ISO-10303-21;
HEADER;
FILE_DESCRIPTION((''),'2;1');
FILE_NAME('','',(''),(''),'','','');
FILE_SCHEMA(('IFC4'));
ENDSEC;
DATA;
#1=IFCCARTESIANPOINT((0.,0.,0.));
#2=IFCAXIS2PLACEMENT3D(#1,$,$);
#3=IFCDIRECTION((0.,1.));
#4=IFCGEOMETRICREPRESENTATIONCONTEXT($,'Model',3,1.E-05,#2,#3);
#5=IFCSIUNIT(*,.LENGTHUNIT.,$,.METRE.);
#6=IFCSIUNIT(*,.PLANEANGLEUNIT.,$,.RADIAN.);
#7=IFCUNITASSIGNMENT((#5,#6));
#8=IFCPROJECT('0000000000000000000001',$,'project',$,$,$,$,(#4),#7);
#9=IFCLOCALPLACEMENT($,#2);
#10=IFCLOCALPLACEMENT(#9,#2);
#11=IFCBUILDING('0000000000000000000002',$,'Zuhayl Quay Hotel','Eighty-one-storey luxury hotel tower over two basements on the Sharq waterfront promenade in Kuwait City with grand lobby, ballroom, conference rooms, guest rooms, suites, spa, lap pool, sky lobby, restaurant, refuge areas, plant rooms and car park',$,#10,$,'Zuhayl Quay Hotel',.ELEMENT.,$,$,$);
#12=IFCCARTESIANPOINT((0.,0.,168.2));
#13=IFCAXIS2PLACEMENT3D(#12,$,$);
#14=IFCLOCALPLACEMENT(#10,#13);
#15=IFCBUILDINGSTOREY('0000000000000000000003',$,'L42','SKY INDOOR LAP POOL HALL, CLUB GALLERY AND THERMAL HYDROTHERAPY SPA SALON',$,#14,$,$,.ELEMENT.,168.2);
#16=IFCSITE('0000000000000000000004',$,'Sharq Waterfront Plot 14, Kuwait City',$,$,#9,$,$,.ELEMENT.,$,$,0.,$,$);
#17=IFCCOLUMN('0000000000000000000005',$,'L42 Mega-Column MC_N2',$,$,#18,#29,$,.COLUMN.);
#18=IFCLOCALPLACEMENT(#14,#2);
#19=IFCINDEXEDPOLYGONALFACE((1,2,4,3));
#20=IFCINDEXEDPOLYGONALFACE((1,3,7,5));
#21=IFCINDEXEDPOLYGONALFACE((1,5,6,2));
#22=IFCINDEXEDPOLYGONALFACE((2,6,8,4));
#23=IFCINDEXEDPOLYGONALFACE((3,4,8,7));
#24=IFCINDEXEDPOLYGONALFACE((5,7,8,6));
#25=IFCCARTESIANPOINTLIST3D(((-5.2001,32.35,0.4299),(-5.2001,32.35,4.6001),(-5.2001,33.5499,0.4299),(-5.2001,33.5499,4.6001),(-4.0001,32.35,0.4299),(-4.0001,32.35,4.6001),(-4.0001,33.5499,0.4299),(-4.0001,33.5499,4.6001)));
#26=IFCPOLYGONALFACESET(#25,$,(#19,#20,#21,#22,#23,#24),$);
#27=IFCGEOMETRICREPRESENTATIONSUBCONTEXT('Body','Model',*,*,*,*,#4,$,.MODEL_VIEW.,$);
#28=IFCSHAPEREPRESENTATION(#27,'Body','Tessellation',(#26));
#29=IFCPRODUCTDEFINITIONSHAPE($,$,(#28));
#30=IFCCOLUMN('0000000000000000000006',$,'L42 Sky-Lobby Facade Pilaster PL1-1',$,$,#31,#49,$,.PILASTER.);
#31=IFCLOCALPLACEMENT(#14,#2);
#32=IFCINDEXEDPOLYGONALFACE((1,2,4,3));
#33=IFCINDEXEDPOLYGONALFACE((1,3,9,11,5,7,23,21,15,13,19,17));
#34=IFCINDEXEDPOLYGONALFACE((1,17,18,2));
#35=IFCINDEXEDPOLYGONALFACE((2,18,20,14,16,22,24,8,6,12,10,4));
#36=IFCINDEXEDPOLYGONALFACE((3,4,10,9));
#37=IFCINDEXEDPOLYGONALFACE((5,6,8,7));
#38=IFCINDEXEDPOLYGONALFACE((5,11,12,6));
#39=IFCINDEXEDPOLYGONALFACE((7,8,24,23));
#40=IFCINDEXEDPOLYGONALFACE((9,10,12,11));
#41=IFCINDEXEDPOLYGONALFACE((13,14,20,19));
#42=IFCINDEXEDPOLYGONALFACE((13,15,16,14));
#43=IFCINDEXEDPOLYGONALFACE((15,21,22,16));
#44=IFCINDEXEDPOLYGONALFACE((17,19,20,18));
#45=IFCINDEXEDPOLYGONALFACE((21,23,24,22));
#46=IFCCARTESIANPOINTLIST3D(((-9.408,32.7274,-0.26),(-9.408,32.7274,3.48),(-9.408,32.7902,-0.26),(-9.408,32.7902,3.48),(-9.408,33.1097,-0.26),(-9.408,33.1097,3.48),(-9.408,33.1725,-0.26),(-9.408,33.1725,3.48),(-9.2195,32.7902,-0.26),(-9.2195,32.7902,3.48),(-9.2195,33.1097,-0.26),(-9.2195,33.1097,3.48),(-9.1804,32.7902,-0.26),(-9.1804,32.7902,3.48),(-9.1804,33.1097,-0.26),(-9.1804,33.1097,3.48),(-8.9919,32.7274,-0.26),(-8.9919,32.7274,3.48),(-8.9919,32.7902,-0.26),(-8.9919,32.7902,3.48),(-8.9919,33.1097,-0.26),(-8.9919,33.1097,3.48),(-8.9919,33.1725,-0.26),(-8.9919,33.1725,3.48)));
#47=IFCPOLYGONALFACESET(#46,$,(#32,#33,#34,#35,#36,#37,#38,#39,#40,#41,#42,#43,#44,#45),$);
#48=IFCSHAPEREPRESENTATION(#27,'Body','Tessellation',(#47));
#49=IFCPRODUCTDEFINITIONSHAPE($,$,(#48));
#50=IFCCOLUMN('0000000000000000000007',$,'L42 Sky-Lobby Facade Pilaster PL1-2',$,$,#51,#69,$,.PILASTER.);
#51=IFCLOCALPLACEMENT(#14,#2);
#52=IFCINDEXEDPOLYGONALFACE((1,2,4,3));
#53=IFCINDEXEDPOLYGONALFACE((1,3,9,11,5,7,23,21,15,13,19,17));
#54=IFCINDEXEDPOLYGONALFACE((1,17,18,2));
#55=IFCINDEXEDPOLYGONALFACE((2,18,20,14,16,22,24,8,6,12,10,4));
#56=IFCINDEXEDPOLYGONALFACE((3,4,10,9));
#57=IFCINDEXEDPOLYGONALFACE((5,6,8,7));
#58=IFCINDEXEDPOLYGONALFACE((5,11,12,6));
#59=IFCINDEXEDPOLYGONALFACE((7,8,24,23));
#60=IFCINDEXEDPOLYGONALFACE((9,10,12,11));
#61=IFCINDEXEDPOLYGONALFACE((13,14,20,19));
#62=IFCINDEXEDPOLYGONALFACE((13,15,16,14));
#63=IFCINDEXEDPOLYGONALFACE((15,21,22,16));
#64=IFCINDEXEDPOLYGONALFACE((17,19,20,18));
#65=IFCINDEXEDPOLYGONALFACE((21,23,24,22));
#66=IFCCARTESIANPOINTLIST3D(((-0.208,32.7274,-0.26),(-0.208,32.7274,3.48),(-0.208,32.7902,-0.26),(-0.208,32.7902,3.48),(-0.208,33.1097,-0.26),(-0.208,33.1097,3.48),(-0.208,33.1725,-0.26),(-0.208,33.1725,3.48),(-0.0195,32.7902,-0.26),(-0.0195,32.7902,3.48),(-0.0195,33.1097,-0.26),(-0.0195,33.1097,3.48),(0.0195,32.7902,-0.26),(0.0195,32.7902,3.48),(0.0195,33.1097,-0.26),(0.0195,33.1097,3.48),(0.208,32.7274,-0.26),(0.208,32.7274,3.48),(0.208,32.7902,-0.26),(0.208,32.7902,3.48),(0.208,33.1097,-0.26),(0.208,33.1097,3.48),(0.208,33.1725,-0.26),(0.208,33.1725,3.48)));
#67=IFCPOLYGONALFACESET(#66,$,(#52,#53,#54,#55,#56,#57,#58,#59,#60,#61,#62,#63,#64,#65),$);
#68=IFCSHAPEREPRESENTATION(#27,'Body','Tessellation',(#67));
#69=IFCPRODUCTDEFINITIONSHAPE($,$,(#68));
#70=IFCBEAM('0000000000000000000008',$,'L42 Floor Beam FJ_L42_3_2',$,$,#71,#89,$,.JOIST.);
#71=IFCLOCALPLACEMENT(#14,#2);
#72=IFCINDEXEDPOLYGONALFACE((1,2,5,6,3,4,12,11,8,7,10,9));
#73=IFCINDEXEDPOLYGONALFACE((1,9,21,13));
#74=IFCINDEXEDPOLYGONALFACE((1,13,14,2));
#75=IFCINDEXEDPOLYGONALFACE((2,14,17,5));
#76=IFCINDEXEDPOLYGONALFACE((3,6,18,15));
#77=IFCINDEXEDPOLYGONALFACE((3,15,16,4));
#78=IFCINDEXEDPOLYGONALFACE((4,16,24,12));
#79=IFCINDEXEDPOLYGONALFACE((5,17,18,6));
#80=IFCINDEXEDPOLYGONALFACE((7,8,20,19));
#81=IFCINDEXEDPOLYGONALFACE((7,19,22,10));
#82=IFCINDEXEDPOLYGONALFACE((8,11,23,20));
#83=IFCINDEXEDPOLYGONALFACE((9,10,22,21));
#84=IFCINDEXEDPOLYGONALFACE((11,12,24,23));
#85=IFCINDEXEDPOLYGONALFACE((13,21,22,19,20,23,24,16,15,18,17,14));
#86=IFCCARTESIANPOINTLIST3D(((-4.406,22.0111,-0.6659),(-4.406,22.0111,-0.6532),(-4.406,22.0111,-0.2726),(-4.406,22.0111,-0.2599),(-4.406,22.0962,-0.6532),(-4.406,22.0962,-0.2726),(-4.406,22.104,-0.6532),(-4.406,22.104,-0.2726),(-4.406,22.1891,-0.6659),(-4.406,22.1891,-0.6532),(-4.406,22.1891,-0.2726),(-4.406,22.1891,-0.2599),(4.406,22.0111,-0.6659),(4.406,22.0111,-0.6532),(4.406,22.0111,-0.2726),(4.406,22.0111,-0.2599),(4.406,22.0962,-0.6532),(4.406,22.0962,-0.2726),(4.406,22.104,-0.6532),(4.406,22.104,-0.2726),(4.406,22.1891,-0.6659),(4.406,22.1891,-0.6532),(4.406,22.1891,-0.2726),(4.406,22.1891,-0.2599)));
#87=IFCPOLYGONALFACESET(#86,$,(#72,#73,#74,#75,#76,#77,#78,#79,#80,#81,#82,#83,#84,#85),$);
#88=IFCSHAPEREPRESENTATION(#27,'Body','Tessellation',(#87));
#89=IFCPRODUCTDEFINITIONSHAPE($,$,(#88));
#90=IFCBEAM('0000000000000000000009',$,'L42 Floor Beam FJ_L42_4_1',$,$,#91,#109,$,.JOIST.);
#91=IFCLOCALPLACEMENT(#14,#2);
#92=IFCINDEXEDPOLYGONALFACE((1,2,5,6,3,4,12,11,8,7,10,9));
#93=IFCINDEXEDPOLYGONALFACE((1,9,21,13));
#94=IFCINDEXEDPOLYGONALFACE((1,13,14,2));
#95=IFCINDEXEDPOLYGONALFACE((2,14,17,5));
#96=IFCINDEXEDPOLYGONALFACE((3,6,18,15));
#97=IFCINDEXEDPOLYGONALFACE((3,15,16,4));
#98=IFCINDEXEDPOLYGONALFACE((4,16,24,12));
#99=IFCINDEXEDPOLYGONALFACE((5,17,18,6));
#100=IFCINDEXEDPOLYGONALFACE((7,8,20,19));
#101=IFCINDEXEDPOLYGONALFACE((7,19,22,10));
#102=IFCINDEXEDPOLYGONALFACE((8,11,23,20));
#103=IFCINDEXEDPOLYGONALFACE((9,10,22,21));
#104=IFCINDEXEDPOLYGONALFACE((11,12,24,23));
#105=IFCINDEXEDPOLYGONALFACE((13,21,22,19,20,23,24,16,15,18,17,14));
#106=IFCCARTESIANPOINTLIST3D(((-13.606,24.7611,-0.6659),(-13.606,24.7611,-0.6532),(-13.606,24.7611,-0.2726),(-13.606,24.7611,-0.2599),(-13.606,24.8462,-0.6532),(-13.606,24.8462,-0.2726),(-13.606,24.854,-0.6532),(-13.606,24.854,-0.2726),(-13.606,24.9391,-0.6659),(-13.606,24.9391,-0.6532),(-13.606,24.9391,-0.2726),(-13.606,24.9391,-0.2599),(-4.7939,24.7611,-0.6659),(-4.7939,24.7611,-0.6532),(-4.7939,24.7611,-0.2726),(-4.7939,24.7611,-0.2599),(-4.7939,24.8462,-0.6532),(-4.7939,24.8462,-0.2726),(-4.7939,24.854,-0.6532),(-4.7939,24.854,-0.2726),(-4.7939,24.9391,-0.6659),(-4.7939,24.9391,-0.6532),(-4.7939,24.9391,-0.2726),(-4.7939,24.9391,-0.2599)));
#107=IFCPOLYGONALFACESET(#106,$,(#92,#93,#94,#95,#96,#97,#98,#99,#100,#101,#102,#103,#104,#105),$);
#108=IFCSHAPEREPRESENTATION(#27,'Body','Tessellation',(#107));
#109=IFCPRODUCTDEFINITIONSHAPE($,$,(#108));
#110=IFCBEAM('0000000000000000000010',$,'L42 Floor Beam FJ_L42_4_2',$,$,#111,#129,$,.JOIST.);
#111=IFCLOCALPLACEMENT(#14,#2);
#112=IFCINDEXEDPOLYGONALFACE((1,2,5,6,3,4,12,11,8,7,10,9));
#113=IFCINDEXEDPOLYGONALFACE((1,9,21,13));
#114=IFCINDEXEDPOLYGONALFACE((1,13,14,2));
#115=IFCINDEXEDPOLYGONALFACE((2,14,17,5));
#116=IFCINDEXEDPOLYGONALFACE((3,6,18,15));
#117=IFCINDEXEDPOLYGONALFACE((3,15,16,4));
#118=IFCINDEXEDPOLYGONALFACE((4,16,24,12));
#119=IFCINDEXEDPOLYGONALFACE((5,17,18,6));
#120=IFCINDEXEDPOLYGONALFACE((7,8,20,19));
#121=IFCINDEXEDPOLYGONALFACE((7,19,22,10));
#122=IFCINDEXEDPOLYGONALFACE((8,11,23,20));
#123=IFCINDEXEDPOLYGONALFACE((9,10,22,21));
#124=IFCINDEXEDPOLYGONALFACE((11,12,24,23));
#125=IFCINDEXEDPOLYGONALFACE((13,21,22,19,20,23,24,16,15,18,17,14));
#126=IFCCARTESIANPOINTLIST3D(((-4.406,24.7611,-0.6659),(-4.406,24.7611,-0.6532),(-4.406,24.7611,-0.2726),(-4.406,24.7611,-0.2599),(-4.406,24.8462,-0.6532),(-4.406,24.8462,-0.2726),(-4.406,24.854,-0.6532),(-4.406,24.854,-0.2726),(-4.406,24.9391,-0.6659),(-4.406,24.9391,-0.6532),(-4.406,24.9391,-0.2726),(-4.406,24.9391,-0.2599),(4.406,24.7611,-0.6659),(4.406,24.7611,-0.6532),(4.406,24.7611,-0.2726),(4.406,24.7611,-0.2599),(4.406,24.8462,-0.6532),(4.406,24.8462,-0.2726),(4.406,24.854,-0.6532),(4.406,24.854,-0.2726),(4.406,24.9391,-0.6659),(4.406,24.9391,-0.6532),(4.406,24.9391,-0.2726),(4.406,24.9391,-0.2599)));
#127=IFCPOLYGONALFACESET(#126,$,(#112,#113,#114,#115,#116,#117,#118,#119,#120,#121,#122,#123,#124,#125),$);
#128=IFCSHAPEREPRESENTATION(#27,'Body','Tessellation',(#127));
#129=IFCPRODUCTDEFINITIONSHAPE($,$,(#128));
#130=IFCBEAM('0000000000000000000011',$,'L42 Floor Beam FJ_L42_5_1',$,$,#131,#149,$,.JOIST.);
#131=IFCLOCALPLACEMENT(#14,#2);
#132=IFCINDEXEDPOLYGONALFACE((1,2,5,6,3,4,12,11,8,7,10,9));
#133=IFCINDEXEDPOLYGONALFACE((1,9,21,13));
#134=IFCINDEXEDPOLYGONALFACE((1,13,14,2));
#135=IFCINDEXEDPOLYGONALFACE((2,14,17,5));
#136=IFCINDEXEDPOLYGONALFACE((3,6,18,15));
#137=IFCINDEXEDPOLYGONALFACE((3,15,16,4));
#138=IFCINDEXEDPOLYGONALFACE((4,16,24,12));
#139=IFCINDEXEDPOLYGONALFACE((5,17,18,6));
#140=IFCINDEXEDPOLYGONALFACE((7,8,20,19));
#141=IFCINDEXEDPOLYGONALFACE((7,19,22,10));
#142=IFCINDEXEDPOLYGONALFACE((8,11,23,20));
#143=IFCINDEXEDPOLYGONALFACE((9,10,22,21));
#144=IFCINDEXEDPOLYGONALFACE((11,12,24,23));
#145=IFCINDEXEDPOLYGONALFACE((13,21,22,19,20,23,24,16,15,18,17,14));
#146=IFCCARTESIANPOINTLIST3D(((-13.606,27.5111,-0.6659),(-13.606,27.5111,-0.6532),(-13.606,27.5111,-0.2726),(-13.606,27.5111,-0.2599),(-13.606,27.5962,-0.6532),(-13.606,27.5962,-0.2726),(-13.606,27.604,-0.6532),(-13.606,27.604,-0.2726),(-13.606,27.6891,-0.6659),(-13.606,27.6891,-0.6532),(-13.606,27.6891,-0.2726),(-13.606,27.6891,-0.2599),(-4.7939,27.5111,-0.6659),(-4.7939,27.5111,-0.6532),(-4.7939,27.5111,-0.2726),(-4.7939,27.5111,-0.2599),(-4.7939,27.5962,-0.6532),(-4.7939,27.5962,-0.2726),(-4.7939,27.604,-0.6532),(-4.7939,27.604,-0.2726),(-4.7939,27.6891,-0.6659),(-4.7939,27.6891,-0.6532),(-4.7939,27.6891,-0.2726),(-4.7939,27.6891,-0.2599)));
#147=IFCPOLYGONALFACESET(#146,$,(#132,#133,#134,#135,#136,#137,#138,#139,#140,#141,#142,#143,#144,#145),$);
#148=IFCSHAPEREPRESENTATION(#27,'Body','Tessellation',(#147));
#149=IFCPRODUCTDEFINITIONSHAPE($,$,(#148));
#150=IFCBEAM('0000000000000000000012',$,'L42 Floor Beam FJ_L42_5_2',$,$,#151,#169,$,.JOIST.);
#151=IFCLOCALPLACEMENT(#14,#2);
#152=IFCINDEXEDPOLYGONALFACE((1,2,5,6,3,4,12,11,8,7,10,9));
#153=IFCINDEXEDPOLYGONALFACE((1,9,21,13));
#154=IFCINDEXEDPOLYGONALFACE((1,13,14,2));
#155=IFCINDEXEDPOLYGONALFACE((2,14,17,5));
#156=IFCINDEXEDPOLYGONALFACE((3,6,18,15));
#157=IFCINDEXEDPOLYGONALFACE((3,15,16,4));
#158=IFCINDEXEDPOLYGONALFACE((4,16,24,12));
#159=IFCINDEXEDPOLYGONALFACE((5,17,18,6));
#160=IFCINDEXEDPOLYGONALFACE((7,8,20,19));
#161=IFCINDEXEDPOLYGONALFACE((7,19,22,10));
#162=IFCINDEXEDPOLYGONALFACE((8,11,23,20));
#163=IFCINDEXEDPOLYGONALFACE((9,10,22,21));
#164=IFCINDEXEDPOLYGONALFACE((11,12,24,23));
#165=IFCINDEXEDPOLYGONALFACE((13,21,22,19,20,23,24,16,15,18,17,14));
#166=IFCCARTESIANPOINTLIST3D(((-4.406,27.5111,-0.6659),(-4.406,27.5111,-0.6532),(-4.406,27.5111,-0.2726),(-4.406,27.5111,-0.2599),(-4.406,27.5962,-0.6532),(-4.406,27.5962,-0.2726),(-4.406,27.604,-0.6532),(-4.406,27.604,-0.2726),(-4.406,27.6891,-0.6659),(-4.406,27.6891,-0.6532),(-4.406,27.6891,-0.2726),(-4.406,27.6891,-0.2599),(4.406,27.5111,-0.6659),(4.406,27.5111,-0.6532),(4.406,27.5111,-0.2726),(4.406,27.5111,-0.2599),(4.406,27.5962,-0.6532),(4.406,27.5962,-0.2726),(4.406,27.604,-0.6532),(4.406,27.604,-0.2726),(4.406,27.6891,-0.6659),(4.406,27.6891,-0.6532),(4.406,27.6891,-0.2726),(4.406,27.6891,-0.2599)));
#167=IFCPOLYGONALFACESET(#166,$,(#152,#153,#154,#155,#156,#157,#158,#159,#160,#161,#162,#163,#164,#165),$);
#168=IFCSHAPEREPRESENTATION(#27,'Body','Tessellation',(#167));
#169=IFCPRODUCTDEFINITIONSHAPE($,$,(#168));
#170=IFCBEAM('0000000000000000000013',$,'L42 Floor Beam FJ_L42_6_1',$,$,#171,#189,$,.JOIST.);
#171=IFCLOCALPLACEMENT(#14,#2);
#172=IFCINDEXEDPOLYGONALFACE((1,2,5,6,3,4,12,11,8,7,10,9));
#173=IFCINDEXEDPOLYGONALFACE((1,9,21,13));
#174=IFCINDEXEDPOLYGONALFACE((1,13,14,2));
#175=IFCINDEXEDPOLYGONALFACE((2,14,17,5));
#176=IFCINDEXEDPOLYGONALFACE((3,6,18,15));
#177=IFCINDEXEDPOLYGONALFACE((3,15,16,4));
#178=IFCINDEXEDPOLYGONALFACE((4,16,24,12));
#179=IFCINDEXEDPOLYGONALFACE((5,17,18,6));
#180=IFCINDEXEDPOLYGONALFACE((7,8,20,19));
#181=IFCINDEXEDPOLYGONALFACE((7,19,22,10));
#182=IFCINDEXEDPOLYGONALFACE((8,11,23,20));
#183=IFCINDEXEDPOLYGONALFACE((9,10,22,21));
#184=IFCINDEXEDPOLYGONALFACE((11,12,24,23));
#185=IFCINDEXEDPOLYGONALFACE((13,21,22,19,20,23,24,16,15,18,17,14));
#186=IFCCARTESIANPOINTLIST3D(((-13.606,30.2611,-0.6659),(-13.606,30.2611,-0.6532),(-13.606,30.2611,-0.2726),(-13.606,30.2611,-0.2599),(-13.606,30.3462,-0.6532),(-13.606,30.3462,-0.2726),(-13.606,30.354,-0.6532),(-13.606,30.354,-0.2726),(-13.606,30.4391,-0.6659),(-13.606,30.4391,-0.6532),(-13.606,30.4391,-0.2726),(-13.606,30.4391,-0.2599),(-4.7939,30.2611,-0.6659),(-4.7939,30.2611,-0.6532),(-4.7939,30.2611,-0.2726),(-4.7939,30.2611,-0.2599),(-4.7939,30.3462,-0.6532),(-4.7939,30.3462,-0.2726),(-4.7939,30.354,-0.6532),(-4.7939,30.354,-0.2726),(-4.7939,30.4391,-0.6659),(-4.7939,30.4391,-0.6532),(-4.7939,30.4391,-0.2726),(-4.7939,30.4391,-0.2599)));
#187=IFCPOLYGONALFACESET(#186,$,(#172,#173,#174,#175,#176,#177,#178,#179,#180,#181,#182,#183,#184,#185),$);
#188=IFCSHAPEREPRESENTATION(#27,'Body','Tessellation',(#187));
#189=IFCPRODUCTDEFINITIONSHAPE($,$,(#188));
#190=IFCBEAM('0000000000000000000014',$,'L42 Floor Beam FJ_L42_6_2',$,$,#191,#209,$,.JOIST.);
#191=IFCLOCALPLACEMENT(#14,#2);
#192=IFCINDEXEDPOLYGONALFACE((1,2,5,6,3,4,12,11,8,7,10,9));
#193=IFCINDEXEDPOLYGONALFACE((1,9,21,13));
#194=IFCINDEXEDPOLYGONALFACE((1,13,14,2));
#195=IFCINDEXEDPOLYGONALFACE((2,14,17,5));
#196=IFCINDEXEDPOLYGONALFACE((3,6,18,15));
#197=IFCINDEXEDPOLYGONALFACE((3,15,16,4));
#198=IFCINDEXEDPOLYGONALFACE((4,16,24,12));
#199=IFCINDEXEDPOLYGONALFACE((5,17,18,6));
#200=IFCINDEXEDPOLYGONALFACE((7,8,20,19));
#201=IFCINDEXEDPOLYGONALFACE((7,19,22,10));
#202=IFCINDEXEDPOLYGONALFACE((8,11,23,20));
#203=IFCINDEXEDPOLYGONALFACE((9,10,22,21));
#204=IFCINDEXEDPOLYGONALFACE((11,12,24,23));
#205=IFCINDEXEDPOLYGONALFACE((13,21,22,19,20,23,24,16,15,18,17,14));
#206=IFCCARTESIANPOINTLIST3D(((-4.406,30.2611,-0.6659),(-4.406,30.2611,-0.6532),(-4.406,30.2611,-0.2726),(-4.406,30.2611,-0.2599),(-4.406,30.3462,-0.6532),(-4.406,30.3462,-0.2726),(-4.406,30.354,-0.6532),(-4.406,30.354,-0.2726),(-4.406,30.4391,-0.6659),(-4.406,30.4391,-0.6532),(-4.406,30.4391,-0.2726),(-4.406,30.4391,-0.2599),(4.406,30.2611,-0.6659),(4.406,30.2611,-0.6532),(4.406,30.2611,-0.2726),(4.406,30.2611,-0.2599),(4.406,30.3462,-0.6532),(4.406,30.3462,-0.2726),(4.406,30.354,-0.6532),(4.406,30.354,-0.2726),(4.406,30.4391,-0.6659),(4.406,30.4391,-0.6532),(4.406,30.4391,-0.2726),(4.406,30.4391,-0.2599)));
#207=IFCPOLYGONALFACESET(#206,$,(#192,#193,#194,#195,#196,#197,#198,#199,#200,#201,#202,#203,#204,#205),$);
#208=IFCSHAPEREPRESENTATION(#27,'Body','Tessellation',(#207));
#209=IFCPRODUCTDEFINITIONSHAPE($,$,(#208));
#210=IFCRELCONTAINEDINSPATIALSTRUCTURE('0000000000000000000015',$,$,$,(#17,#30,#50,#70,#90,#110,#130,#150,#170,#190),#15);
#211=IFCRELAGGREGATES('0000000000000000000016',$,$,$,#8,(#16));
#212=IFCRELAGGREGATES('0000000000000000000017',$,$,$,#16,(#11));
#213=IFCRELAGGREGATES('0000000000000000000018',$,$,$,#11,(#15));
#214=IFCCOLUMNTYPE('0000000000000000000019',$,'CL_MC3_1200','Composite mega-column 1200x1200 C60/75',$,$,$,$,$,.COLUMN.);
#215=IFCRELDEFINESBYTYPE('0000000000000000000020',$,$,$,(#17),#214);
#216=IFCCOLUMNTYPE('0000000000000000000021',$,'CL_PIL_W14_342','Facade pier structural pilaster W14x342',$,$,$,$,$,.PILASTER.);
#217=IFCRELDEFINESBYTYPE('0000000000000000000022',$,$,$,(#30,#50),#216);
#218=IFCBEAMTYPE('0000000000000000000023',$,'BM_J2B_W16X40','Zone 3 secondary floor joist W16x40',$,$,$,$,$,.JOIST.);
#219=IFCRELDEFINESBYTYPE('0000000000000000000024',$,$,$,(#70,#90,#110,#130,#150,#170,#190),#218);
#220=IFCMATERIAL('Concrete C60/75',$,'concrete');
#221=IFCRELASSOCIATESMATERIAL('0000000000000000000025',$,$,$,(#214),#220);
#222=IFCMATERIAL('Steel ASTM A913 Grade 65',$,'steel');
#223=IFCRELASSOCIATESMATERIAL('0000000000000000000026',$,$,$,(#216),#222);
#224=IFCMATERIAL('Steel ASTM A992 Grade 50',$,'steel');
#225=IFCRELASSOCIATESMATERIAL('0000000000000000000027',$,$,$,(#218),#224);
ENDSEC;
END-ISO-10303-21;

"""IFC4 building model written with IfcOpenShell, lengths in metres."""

from ifc_helpers import new_model, si_unit, direction, frame, origin, origin_2d, place, context, subcontext, project, spatial, rectangle, i_section, extrude, material, material_profile, profile_set, type_object, element, save


model = new_model("IFC4")

# Units and contexts
model_context = context("Model", 3, precision=1e-05, world=origin(), true_north=direction((0.0, 1.0)))
body_context = subcontext(model_context, "Body", "Model", "MODEL_VIEW")
ifc_project = project(units=[si_unit("LENGTHUNIT", "METRE"), si_unit("PLANEANGLEUNIT", "RADIAN")], contexts=[model_context])

# Site, building, storey
site_placement = place(None, origin())
site = spatial("IfcSite", under=ifc_project, at=site_placement, Name="Sharq Waterfront Plot 14, Kuwait City", CompositionType="ELEMENT", RefElevation=0.0)
building_placement = place(site_placement, origin())
building = spatial("IfcBuilding", under=site, at=building_placement, Name="Zuhayl Quay Hotel", Description="Eighty-one-storey luxury hotel tower over two basements on the Sharq waterfront promenade in Kuwait City with grand lobby, ballroom, conference rooms, guest rooms, suites, spa, lap pool, sky lobby, restaurant, refuge areas, plant rooms and car park", LongName="Zuhayl Quay Hotel", CompositionType="ELEMENT")
storey_placement = place(building_placement, frame((0.0, 0.0, 168.2)))
storey = spatial("IfcBuildingStorey", under=building, at=storey_placement, Name="L42", Description="SKY INDOOR LAP POOL HALL, CLUB GALLERY AND THERMAL HYDROTHERAPY SPA SALON", CompositionType="ELEMENT", Elevation=168.2)

# Columns
ifc_material_1 = material(Name="Concrete C60/75", Category="concrete")
ifc_material_profile_1 = material_profile(ifc_material_1, rectangle(XDim=1.2, YDim=1.2, at=origin_2d()), Name="RC1200X1200")
ifc_profile_set_1 = profile_set([ifc_material_profile_1], Name="Concrete C60/75")
column_type_1 = type_object("IfcColumnType", Name="CL_MC3_1200", Description="Composite mega-column 1200x1200 C60/75", PredefinedType="COLUMN", material=ifc_profile_set_1)
column_placement = place(storey_placement, frame((-4.6001, 32.95, 0.4299), z_axis=(0.0, 0.0, 1.0), x_axis=(1.0, 0.0, 0.0)))
element("IfcColumn", 1, at=column_placement, inside=storey, type_object=column_type_1, Name="L42 Mega-Column MC_N2", PredefinedType="COLUMN", context=body_context, shape_type="SweptSolid", body=[
    extrude(rectangle(XDim=1.2, YDim=1.2, at=origin_2d()), origin(), (0.0, 0.0, 1.0), 4.1702),
])
ifc_material_2 = material(Name="Steel ASTM A913 Grade 65", Category="steel")
ifc_material_profile_2 = material_profile(ifc_material_2, i_section(OverallWidth=0.416, OverallDepth=0.4451, WebThickness=0.0391, FlangeThickness=0.0627, at=origin_2d()), Name="W14X342")
ifc_profile_set_2 = profile_set([ifc_material_profile_2], Name="Steel ASTM A913 Grade 65")
column_type_2 = type_object("IfcColumnType", Name="CL_PIL_W14_342", Description="Facade pier structural pilaster W14x342", PredefinedType="PILASTER", material=ifc_profile_set_2)
for number, where, z_axis, x_axis, name in (
    (2, (-9.2, 32.95, -0.26), (0.0, 0.0, 1.0), (1.0, 0.0, 0.0), "L42 Sky-Lobby Facade Pilaster PL1-1"),
    (3, (0.0, 32.95, -0.26), (0.0, 0.0, 1.0), (1.0, 0.0, 0.0), "L42 Sky-Lobby Facade Pilaster PL1-2"),
):
    element("IfcColumn", number, at=place(storey_placement, frame(where, z_axis=z_axis, x_axis=x_axis)), inside=storey, type_object=column_type_2, Name=name, PredefinedType="PILASTER", context=body_context, shape_type="SweptSolid", body=[
        extrude(i_section(OverallWidth=0.416, OverallDepth=0.4451, WebThickness=0.0391, FlangeThickness=0.0627, at=origin_2d()), origin(), (0.0, 0.0, 1.0), 3.74),
    ])

# Beams
ifc_material_3 = material(Name="Steel ASTM A992 Grade 50", Category="steel")
ifc_material_profile_3 = material_profile(ifc_material_3, i_section(OverallWidth=0.178, OverallDepth=0.406, WebThickness=0.0078, FlangeThickness=0.0127, at=origin_2d()), Name="W16X40")
ifc_profile_set_3 = profile_set([ifc_material_profile_3], Name="Steel ASTM A992 Grade 50")
beam_type_1 = type_object("IfcBeamType", Name="BM_J2B_W16X40", Description="Zone 3 secondary floor joist W16x40", PredefinedType="JOIST", material=ifc_profile_set_3)
for number, where, z_axis, x_axis, name in (
    (4, (-4.406, 22.1001, -0.4629), (1.0, 0.0, 0.0), (0.0, 1.0, 0.0), "L42 Floor Beam FJ_L42_3_2"),
    (5, (-13.606, 24.8501, -0.4629), (1.0, 0.0, 0.0), (0.0, 1.0, 0.0), "L42 Floor Beam FJ_L42_4_1"),
    (6, (-4.406, 24.8501, -0.4629), (1.0, 0.0, 0.0), (0.0, 1.0, 0.0), "L42 Floor Beam FJ_L42_4_2"),
    (7, (-13.606, 27.6001, -0.4629), (1.0, 0.0, 0.0), (0.0, 1.0, 0.0), "L42 Floor Beam FJ_L42_5_1"),
    (8, (-4.406, 27.6001, -0.4629), (1.0, 0.0, 0.0), (0.0, 1.0, 0.0), "L42 Floor Beam FJ_L42_5_2"),
    (9, (-13.606, 30.3501, -0.4629), (1.0, 0.0, 0.0), (0.0, 1.0, 0.0), "L42 Floor Beam FJ_L42_6_1"),
    (10, (-4.406, 30.3501, -0.4629), (1.0, 0.0, 0.0), (0.0, 1.0, 0.0), "L42 Floor Beam FJ_L42_6_2"),
):
    element("IfcBeam", number, at=place(storey_placement, frame(where, z_axis=z_axis, x_axis=x_axis)), inside=storey, type_object=beam_type_1, Name=name, PredefinedType="JOIST", context=body_context, shape_type="SweptSolid", body=[
        extrude(i_section(OverallWidth=0.178, OverallDepth=0.406, WebThickness=0.0078, FlangeThickness=0.0127, at=origin_2d()), origin(), (0.0, 0.0, 1.0), 8.812),
    ])

save(model, "model.ifc")
